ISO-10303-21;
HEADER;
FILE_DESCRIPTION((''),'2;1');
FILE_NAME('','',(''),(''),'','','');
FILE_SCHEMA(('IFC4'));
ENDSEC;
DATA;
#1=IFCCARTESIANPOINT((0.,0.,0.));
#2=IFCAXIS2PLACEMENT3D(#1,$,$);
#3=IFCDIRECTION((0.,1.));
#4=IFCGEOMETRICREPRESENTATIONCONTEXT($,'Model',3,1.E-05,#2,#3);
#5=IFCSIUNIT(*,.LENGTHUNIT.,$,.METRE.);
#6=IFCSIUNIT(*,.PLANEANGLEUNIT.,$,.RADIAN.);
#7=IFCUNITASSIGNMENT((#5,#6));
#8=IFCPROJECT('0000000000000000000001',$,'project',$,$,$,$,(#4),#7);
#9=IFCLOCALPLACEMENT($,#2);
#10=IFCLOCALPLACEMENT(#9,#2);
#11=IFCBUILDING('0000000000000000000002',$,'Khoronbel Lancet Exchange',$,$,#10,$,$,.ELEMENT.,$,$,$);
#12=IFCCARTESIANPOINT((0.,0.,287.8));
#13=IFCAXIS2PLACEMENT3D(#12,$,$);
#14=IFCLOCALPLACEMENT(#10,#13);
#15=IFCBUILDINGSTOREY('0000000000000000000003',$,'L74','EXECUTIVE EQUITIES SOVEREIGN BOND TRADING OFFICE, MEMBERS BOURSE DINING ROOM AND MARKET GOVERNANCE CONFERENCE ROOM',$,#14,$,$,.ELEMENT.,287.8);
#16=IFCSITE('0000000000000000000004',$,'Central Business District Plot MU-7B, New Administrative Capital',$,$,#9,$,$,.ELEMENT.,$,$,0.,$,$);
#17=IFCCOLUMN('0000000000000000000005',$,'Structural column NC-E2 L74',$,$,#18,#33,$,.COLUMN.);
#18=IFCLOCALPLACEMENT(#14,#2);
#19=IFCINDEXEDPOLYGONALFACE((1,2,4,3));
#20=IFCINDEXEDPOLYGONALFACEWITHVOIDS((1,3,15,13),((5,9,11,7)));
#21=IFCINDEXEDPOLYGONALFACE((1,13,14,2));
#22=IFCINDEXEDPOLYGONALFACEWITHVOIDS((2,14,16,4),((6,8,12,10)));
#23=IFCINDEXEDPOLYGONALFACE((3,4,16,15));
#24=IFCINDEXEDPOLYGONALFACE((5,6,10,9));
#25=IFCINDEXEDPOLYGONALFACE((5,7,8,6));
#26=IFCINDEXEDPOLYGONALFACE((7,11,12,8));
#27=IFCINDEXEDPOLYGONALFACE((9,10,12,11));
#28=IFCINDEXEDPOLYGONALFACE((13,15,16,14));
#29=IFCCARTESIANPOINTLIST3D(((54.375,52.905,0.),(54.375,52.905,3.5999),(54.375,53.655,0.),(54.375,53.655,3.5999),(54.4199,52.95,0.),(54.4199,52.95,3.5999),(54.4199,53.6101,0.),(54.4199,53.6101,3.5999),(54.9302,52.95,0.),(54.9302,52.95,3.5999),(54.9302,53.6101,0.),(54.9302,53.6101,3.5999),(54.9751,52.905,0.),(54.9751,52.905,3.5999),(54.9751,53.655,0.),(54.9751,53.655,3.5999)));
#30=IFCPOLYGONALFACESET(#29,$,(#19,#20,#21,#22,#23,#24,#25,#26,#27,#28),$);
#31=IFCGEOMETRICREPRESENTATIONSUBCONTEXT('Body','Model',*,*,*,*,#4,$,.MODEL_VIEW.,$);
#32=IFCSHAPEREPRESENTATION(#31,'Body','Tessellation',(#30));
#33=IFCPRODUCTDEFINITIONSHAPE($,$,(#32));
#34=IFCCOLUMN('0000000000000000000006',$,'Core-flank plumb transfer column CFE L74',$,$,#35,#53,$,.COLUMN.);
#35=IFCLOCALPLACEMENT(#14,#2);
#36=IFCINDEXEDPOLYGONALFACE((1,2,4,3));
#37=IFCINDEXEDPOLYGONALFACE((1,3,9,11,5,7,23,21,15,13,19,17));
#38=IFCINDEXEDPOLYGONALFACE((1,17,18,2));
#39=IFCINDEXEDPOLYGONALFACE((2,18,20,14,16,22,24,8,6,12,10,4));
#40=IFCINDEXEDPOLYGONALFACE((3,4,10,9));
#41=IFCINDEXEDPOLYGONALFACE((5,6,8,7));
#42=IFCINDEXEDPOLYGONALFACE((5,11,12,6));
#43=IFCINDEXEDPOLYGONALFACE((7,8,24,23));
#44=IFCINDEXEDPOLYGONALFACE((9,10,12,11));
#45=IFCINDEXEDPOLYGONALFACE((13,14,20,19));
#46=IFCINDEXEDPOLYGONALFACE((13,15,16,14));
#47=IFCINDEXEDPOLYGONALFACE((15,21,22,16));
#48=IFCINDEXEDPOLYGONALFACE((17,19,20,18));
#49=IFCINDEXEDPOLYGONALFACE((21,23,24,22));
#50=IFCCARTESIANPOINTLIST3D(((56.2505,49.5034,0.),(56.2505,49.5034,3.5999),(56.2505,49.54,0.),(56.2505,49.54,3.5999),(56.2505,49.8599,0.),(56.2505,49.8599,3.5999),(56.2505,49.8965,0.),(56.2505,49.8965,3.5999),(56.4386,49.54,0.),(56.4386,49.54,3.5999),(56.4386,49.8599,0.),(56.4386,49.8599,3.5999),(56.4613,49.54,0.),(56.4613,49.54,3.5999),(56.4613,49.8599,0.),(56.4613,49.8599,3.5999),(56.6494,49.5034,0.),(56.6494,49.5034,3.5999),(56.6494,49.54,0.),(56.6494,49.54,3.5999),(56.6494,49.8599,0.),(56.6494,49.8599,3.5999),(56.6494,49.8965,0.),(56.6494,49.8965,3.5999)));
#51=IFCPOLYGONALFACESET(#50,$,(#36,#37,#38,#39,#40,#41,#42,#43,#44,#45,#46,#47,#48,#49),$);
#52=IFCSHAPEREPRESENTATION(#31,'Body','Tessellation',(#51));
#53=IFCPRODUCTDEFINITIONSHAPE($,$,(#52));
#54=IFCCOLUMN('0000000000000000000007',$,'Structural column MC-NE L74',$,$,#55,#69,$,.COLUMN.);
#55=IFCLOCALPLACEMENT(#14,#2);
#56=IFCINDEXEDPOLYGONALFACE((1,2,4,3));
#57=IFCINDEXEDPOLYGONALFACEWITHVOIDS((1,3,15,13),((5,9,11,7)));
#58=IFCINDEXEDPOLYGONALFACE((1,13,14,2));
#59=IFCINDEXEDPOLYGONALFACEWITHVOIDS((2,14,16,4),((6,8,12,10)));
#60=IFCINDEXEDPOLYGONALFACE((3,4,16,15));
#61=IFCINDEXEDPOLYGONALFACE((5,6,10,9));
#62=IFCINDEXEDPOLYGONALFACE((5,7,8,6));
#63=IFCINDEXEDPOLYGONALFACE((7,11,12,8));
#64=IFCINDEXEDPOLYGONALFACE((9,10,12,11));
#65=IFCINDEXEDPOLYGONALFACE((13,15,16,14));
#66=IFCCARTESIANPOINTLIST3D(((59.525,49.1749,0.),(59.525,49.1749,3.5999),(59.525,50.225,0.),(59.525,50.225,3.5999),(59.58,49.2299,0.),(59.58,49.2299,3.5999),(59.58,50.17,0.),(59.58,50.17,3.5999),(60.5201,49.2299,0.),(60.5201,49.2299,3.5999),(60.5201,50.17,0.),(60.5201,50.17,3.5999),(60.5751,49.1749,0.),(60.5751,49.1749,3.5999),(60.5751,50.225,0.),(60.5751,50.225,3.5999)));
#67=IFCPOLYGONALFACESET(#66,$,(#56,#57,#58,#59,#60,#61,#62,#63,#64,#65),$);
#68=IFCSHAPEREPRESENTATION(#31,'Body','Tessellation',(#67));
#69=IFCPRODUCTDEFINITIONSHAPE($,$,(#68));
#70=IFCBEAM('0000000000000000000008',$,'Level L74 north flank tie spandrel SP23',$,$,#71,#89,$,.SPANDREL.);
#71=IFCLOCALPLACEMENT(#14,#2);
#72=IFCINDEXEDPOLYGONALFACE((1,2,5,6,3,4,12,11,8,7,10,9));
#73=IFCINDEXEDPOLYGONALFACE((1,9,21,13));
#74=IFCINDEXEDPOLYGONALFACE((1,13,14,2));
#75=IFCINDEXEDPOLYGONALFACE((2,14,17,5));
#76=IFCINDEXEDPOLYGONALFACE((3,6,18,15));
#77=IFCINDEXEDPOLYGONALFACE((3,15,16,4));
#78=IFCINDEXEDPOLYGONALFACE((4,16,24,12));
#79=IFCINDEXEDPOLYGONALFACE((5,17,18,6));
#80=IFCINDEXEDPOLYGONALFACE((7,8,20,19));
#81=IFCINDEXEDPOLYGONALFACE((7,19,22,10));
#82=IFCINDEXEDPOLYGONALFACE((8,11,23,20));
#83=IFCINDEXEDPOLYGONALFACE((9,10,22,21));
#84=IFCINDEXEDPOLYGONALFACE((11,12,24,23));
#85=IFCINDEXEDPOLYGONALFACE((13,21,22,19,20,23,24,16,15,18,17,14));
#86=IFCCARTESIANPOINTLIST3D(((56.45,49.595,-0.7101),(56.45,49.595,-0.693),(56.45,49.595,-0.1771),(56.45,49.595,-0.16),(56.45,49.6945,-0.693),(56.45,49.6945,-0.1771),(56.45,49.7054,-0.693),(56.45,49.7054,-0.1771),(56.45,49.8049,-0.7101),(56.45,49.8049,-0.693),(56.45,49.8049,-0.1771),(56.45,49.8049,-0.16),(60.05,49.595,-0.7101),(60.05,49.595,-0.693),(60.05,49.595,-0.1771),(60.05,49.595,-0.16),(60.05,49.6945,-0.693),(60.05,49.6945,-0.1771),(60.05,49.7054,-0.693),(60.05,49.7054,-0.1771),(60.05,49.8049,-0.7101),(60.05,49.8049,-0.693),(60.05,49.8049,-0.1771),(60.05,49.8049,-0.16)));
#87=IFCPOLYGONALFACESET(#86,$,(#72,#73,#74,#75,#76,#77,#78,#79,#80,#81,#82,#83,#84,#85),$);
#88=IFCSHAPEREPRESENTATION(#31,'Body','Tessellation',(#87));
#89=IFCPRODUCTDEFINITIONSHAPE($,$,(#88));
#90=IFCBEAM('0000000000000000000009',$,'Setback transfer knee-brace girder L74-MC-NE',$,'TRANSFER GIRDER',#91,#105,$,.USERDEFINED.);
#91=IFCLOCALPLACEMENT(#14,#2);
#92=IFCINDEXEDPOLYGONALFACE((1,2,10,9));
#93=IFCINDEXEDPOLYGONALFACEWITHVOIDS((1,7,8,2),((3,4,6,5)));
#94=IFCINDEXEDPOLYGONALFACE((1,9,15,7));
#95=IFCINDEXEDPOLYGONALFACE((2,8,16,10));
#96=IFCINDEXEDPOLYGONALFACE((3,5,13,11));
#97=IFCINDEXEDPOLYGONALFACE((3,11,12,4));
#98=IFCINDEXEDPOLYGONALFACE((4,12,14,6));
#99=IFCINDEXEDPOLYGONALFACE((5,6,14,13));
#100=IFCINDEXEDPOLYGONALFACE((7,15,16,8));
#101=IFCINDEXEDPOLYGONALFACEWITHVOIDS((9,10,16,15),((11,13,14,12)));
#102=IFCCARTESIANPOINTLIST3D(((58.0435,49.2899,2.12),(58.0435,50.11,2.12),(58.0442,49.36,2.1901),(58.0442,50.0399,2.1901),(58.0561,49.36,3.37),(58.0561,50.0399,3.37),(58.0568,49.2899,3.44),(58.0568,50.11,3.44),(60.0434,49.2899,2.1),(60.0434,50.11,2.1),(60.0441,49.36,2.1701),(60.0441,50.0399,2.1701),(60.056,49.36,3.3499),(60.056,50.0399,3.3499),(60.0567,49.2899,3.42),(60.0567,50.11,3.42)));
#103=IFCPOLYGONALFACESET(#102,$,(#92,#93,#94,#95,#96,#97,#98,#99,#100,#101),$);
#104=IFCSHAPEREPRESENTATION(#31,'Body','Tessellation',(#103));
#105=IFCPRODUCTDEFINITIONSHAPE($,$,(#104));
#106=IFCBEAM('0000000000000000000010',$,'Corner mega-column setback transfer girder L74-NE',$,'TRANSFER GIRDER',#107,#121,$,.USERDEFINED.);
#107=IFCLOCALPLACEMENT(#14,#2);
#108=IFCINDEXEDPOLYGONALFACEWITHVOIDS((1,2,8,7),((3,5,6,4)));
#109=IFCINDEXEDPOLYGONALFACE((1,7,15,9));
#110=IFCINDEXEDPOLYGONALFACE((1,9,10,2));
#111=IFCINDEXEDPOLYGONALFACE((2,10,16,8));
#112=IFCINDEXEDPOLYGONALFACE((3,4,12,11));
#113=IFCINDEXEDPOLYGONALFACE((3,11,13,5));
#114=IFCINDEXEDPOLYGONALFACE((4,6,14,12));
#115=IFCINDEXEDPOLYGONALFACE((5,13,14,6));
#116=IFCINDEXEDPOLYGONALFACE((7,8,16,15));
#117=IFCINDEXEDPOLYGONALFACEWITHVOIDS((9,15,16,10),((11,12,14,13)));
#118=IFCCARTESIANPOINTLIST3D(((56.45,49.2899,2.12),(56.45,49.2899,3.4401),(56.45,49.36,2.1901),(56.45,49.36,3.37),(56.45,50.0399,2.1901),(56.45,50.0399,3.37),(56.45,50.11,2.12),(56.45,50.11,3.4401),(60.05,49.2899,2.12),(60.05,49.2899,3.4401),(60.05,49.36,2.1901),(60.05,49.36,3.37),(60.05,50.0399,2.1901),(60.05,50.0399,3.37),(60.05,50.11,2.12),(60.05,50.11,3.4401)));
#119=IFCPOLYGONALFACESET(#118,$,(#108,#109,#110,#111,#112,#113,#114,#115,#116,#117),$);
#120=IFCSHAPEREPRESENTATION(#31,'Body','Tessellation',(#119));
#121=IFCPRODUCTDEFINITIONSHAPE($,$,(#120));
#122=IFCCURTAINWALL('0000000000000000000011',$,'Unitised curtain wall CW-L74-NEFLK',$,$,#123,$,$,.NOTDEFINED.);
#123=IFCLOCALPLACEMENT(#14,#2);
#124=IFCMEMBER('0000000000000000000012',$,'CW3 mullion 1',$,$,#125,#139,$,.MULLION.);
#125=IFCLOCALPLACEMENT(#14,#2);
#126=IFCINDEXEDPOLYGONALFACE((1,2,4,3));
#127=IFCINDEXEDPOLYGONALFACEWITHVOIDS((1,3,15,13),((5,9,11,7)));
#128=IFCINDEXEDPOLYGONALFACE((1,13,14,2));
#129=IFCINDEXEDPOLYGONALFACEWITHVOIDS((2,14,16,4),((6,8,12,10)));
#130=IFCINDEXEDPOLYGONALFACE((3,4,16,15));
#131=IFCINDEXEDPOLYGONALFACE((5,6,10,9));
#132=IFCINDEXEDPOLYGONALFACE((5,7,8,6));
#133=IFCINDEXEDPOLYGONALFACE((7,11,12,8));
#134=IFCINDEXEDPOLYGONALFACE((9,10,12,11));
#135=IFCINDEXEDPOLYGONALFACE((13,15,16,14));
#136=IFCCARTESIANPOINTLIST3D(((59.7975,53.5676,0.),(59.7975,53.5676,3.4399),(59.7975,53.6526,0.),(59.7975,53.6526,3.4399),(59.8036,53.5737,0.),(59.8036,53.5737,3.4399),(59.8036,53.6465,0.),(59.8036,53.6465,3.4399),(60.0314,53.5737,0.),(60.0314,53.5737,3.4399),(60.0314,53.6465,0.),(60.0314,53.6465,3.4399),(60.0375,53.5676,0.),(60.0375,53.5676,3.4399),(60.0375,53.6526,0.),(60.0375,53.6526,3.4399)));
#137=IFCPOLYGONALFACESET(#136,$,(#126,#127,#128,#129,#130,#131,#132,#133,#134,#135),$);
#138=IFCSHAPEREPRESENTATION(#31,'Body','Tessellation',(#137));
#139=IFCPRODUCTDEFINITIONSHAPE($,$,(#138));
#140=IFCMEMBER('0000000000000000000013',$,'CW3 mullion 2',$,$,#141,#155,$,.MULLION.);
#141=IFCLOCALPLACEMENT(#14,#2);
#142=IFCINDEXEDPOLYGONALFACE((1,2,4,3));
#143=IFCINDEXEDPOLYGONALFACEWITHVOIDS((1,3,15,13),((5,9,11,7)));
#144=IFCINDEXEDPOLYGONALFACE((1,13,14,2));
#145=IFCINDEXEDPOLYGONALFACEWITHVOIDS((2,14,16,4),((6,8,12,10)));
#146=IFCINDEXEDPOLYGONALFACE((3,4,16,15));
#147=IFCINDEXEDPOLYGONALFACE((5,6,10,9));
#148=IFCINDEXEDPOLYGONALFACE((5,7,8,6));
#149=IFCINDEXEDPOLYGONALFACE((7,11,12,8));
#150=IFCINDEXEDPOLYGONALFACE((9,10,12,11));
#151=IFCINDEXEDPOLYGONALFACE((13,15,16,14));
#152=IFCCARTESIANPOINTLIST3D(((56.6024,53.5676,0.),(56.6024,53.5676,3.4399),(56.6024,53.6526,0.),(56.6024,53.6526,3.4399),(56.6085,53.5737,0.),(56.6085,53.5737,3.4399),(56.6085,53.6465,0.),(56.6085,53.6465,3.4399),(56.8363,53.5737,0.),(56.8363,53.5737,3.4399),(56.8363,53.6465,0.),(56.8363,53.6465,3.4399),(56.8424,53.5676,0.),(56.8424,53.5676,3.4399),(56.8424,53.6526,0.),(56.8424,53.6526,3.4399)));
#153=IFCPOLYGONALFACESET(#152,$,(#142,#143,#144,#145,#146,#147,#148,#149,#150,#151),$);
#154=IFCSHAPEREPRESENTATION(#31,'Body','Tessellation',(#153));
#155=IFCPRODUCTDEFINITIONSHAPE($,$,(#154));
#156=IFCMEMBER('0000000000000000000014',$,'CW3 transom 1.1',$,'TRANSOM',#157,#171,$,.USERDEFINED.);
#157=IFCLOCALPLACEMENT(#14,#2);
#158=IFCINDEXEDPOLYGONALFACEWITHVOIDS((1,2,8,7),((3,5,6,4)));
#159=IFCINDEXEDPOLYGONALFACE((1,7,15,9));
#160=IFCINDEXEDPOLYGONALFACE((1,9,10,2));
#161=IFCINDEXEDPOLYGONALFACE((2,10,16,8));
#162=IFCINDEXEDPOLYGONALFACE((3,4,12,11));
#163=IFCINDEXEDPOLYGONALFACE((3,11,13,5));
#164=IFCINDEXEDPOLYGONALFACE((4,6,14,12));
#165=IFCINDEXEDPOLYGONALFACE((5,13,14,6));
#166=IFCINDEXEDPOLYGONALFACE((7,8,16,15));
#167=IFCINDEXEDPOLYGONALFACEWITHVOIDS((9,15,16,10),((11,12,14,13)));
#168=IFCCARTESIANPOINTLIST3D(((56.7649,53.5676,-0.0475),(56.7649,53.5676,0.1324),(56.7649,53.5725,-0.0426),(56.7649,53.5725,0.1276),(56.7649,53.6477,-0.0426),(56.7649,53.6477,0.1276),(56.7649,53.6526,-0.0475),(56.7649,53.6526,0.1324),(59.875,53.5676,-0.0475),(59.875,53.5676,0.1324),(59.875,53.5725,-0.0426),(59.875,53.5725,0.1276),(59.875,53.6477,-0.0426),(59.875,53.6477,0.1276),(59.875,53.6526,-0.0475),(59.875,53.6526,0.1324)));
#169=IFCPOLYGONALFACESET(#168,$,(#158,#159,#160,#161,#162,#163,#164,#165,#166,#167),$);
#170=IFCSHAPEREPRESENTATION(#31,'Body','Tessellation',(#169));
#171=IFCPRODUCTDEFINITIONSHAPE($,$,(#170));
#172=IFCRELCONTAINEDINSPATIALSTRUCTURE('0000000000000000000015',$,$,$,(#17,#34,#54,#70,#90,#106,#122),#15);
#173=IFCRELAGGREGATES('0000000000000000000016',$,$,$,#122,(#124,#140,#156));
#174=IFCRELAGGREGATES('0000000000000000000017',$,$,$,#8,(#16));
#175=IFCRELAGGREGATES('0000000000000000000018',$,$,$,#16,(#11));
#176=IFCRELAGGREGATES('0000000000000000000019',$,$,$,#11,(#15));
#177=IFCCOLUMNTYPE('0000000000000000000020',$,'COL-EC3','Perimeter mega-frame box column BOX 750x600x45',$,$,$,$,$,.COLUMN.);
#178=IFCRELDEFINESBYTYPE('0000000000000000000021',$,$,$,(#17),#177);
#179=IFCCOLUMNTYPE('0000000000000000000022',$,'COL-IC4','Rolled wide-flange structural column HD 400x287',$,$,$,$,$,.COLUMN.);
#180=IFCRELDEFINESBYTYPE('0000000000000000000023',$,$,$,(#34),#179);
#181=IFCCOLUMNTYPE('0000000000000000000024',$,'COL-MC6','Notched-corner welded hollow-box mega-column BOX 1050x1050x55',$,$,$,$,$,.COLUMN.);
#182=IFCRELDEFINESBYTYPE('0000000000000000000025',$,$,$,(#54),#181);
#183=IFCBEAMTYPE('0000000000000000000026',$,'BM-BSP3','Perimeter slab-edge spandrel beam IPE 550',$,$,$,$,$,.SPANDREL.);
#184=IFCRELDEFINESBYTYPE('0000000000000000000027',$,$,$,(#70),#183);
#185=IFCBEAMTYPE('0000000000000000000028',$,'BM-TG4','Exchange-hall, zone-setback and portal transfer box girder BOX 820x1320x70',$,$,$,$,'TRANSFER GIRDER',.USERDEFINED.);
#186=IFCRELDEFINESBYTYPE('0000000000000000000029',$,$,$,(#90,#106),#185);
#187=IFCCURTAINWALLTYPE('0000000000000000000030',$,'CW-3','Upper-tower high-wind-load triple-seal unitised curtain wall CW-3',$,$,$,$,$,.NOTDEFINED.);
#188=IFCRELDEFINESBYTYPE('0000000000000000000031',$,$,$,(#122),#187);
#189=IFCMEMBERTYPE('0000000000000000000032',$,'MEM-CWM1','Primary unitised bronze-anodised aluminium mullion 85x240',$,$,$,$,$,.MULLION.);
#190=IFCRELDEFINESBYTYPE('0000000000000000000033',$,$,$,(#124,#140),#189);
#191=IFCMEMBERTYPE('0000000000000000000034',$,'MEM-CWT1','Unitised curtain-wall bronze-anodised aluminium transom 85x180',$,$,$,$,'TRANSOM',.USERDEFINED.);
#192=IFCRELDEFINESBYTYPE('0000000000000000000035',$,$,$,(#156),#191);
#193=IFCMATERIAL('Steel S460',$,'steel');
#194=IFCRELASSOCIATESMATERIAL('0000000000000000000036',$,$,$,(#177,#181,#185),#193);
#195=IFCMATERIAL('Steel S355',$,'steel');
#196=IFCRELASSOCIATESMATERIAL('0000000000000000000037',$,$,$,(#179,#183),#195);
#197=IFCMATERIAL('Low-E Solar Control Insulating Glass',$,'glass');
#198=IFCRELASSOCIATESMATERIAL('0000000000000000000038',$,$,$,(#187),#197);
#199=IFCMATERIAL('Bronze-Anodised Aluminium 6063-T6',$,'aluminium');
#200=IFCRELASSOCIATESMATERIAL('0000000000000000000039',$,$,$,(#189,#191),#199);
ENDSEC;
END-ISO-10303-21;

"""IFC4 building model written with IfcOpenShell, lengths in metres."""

from ifc_helpers import new_model, si_unit, direction, frame, origin, origin_2d, place, context, subcontext, project, spatial, hollow_rectangle, i_section, extrude, material, material_profile, profile_set, type_object, element, aggregate, save


model = new_model("IFC4")

# Units and contexts
model_context = context("Model", 3, precision=1e-05, world=origin(), true_north=direction((0.0, 1.0)))
body_context = subcontext(model_context, "Body", "Model", "MODEL_VIEW")
ifc_project = project(units=[si_unit("LENGTHUNIT", "METRE"), si_unit("PLANEANGLEUNIT", "RADIAN")], contexts=[model_context])

# Site, building, storey
site_placement = place(None, origin())
site = spatial("IfcSite", under=ifc_project, at=site_placement, Name="Central Business District Plot MU-7B, New Administrative Capital", CompositionType="ELEMENT", RefElevation=0.0)
building_placement = place(site_placement, origin())
building = spatial("IfcBuilding", under=site, at=building_placement, Name="Khoronbel Lancet Exchange", CompositionType="ELEMENT")
storey_placement = place(building_placement, frame((0.0, 0.0, 287.8)))
storey = spatial("IfcBuildingStorey", under=building, at=storey_placement, Name="L74", Description="EXECUTIVE EQUITIES SOVEREIGN BOND TRADING OFFICE, MEMBERS BOURSE DINING ROOM AND MARKET GOVERNANCE CONFERENCE ROOM", CompositionType="ELEMENT", Elevation=287.8)

# Columns
ifc_material_1 = material(Name="Steel S460", Category="steel")
ifc_material_profile_1 = material_profile(ifc_material_1, hollow_rectangle(XDim=0.6001, YDim=0.75, WallThickness=0.0449, at=origin_2d()), Name="BOX 750x600x45")
ifc_profile_set_1 = profile_set([ifc_material_profile_1], Name="Steel S460")
column_type_1 = type_object("IfcColumnType", Name="COL-EC3", Description="Perimeter mega-frame box column BOX 750x600x45", PredefinedType="COLUMN", material=ifc_profile_set_1)
column_1_placement = place(storey_placement, frame((54.675, 53.28, 0.0), z_axis=(0.0, 0.0, 1.0), x_axis=(1.0, 0.0, 0.0)))
element("IfcColumn", 1, at=column_1_placement, inside=storey, type_object=column_type_1, Name="Structural column NC-E2 L74", PredefinedType="COLUMN", context=body_context, shape_type="SweptSolid", body=[
    extrude(hollow_rectangle(XDim=0.6001, YDim=0.75, WallThickness=0.0449, at=origin_2d()), origin(), (0.0, 0.0, 1.0), 3.5999),
])
ifc_material_2 = material(Name="Steel S355", Category="steel")
ifc_material_profile_2 = material_profile(ifc_material_2, i_section(OverallWidth=0.3989, OverallDepth=0.3931, WebThickness=0.0227, FlangeThickness=0.0366, at=origin_2d()), Name="HD 400x287")
ifc_profile_set_2 = profile_set([ifc_material_profile_2], Name="Steel S355")
column_type_2 = type_object("IfcColumnType", Name="COL-IC4", Description="Rolled wide-flange structural column HD 400x287", PredefinedType="COLUMN", material=ifc_profile_set_2)
column_2_placement = place(storey_placement, frame((56.45, 49.7, 0.0), z_axis=(0.0, 0.0, 1.0), x_axis=(1.0, 0.0, 0.0)))
element("IfcColumn", 2, at=column_2_placement, inside=storey, type_object=column_type_2, Name="Core-flank plumb transfer column CFE L74", PredefinedType="COLUMN", context=body_context, shape_type="SweptSolid", body=[
    extrude(i_section(OverallWidth=0.3989, OverallDepth=0.3931, WebThickness=0.0227, FlangeThickness=0.0366, at=origin_2d()), origin(), (0.0, 0.0, 1.0), 3.5999),
])
ifc_material_profile_3 = material_profile(ifc_material_1, hollow_rectangle(XDim=1.05, YDim=1.05, WallThickness=0.0549, at=origin_2d()), Name="BOX 1050x1050x55")
ifc_profile_set_3 = profile_set([ifc_material_profile_3], Name="Steel S460")
column_type_3 = type_object("IfcColumnType", Name="COL-MC6", Description="Notched-corner welded hollow-box mega-column BOX 1050x1050x55", PredefinedType="COLUMN", material=ifc_profile_set_3)
column_3_placement = place(storey_placement, frame((60.05, 49.7, 0.0), z_axis=(0.0, 0.0, 1.0), x_axis=(1.0, 0.0, 0.0)))
element("IfcColumn", 3, at=column_3_placement, inside=storey, type_object=column_type_3, Name="Structural column MC-NE L74", PredefinedType="COLUMN", context=body_context, shape_type="SweptSolid", body=[
    extrude(hollow_rectangle(XDim=1.05, YDim=1.05, WallThickness=0.0549, at=origin_2d()), origin(), (0.0, 0.0, 1.0), 3.5999),
])

# Beams
ifc_material_profile_4 = material_profile(ifc_material_2, i_section(OverallWidth=0.21, OverallDepth=0.55, WebThickness=0.011, FlangeThickness=0.0171, at=origin_2d()), Name="IPE 550")
ifc_profile_set_4 = profile_set([ifc_material_profile_4], Name="Steel S355")
beam_type_1 = type_object("IfcBeamType", Name="BM-BSP3", Description="Perimeter slab-edge spandrel beam IPE 550", PredefinedType="SPANDREL", material=ifc_profile_set_4)
beam_1_placement = place(storey_placement, frame((60.05, 49.7, -0.4351), z_axis=(-1.0, 0.0, 0.0), x_axis=(0.0, -1.0, 0.0)))
element("IfcBeam", 4, at=beam_1_placement, inside=storey, type_object=beam_type_1, Name="Level L74 north flank tie spandrel SP23", PredefinedType="SPANDREL", context=body_context, shape_type="SweptSolid", body=[
    extrude(i_section(OverallWidth=0.21, OverallDepth=0.55, WebThickness=0.011, FlangeThickness=0.0171, at=origin_2d()), origin(), (0.0, 0.0, 1.0), 3.6001),
])
ifc_material_profile_5 = material_profile(ifc_material_1, hollow_rectangle(XDim=0.8201, YDim=1.3201, WallThickness=0.0701, at=origin_2d()), Name="BOX 820x1320x70")
ifc_profile_set_5 = profile_set([ifc_material_profile_5], Name="Steel S460")
beam_type_2 = type_object("IfcBeamType", Name="BM-TG4", Description="Exchange-hall, zone-setback and portal transfer box girder BOX 820x1320x70", ElementType="TRANSFER GIRDER", PredefinedType="USERDEFINED", material=ifc_profile_set_5)
beam_2_placement = place(storey_placement, frame((60.05, 49.7, 2.76), z_axis=(-0.99995, 0.0, 0.010009), x_axis=(0.0, -1.0, 0.0)))
element("IfcBeam", 5, at=beam_2_placement, inside=storey, type_object=beam_type_2, Name="Setback transfer knee-brace girder L74-MC-NE", ObjectType="TRANSFER GIRDER", PredefinedType="USERDEFINED", context=body_context, shape_type="SweptSolid", body=[
    extrude(hollow_rectangle(XDim=0.8201, YDim=1.3201, WallThickness=0.0701, at=origin_2d()), origin(), (0.0, 0.0, 1.0), 2.0),
])
beam_3_placement = place(storey_placement, frame((56.45, 49.7, 2.78), z_axis=(1.0, 0.0, 0.0), x_axis=(0.0, 1.0, 0.0)))
element("IfcBeam", 6, at=beam_3_placement, inside=storey, type_object=beam_type_2, Name="Corner mega-column setback transfer girder L74-NE", ObjectType="TRANSFER GIRDER", PredefinedType="USERDEFINED", context=body_context, shape_type="SweptSolid", body=[
    extrude(hollow_rectangle(XDim=0.8201, YDim=1.3201, WallThickness=0.0701, at=origin_2d()), origin(), (0.0, 0.0, 1.0), 3.6001),
])

# Curtain wall, members
ifc_material_3 = material(Name="Low-E Solar Control Insulating Glass", Category="glass")
curtain_wall_type = type_object("IfcCurtainWallType", Name="CW-3", Description="Upper-tower high-wind-load triple-seal unitised curtain wall CW-3", PredefinedType="NOTDEFINED", material=ifc_material_3)
curtain_wall_placement = place(storey_placement, origin())
curtain_wall = element("IfcCurtainWall", 7, at=curtain_wall_placement, inside=storey, type_object=curtain_wall_type, Name="Unitised curtain wall CW-L74-NEFLK", PredefinedType="NOTDEFINED")
ifc_material_4 = material(Name="Bronze-Anodised Aluminium 6063-T6", Category="aluminium")
ifc_material_profile_6 = material_profile(ifc_material_4, hollow_rectangle(XDim=0.085, YDim=0.24, WallThickness=0.0061, at=origin_2d()), Name="ALU MULLION 85x240")
ifc_profile_set_6 = profile_set([ifc_material_profile_6], Name="Bronze-Anodised Aluminium 6063-T6")
member_type_1 = type_object("IfcMemberType", Name="MEM-CWM1", Description="Primary unitised bronze-anodised aluminium mullion 85x240", PredefinedType="MULLION", material=ifc_profile_set_6)
member_1_placement = place(storey_placement, frame((59.9175, 53.6101, 0.0), z_axis=(0.0, 0.0, 1.0), x_axis=(0.0, -1.0, 0.0)))
member_1 = element("IfcMember", 8, at=member_1_placement, type_object=member_type_1, Name="CW3 mullion 1", PredefinedType="MULLION", context=body_context, shape_type="SweptSolid", body=[
    extrude(hollow_rectangle(XDim=0.085, YDim=0.24, WallThickness=0.0061, at=origin_2d()), origin(), (0.0, 0.0, 1.0), 3.4399),
])
member_2_placement = place(storey_placement, frame((56.7224, 53.6101, 0.0), z_axis=(0.0, 0.0, 1.0), x_axis=(0.0, -1.0, 0.0)))
member_2 = element("IfcMember", 9, at=member_2_placement, type_object=member_type_1, Name="CW3 mullion 2", PredefinedType="MULLION", context=body_context, shape_type="SweptSolid", body=[
    extrude(hollow_rectangle(XDim=0.085, YDim=0.24, WallThickness=0.0061, at=origin_2d()), origin(), (0.0, 0.0, 1.0), 3.4399),
])
ifc_material_profile_7 = material_profile(ifc_material_4, hollow_rectangle(XDim=0.085, YDim=0.1799, WallThickness=0.0049, at=origin_2d()), Name="ALU TRANSOM 85x180")
ifc_profile_set_7 = profile_set([ifc_material_profile_7], Name="Bronze-Anodised Aluminium 6063-T6")
member_type_2 = type_object("IfcMemberType", Name="MEM-CWT1", Description="Unitised curtain-wall bronze-anodised aluminium transom 85x180", ElementType="TRANSOM", PredefinedType="USERDEFINED", material=ifc_profile_set_7)
member_3_placement = place(storey_placement, frame((59.875, 53.6101, 0.0425), z_axis=(-1.0, 0.0, 0.0), x_axis=(0.0, -1.0, 0.0)))
member_3 = element("IfcMember", 10, at=member_3_placement, type_object=member_type_2, Name="CW3 transom 1.1", ObjectType="TRANSOM", PredefinedType="USERDEFINED", context=body_context, shape_type="SweptSolid", body=[
    extrude(hollow_rectangle(XDim=0.085, YDim=0.1799, WallThickness=0.0049, at=origin_2d()), origin(), (0.0, 0.0, 1.0), 3.1101),
])
aggregate(curtain_wall, [member_1, member_2, member_3])

save(model, "model.ifc")
